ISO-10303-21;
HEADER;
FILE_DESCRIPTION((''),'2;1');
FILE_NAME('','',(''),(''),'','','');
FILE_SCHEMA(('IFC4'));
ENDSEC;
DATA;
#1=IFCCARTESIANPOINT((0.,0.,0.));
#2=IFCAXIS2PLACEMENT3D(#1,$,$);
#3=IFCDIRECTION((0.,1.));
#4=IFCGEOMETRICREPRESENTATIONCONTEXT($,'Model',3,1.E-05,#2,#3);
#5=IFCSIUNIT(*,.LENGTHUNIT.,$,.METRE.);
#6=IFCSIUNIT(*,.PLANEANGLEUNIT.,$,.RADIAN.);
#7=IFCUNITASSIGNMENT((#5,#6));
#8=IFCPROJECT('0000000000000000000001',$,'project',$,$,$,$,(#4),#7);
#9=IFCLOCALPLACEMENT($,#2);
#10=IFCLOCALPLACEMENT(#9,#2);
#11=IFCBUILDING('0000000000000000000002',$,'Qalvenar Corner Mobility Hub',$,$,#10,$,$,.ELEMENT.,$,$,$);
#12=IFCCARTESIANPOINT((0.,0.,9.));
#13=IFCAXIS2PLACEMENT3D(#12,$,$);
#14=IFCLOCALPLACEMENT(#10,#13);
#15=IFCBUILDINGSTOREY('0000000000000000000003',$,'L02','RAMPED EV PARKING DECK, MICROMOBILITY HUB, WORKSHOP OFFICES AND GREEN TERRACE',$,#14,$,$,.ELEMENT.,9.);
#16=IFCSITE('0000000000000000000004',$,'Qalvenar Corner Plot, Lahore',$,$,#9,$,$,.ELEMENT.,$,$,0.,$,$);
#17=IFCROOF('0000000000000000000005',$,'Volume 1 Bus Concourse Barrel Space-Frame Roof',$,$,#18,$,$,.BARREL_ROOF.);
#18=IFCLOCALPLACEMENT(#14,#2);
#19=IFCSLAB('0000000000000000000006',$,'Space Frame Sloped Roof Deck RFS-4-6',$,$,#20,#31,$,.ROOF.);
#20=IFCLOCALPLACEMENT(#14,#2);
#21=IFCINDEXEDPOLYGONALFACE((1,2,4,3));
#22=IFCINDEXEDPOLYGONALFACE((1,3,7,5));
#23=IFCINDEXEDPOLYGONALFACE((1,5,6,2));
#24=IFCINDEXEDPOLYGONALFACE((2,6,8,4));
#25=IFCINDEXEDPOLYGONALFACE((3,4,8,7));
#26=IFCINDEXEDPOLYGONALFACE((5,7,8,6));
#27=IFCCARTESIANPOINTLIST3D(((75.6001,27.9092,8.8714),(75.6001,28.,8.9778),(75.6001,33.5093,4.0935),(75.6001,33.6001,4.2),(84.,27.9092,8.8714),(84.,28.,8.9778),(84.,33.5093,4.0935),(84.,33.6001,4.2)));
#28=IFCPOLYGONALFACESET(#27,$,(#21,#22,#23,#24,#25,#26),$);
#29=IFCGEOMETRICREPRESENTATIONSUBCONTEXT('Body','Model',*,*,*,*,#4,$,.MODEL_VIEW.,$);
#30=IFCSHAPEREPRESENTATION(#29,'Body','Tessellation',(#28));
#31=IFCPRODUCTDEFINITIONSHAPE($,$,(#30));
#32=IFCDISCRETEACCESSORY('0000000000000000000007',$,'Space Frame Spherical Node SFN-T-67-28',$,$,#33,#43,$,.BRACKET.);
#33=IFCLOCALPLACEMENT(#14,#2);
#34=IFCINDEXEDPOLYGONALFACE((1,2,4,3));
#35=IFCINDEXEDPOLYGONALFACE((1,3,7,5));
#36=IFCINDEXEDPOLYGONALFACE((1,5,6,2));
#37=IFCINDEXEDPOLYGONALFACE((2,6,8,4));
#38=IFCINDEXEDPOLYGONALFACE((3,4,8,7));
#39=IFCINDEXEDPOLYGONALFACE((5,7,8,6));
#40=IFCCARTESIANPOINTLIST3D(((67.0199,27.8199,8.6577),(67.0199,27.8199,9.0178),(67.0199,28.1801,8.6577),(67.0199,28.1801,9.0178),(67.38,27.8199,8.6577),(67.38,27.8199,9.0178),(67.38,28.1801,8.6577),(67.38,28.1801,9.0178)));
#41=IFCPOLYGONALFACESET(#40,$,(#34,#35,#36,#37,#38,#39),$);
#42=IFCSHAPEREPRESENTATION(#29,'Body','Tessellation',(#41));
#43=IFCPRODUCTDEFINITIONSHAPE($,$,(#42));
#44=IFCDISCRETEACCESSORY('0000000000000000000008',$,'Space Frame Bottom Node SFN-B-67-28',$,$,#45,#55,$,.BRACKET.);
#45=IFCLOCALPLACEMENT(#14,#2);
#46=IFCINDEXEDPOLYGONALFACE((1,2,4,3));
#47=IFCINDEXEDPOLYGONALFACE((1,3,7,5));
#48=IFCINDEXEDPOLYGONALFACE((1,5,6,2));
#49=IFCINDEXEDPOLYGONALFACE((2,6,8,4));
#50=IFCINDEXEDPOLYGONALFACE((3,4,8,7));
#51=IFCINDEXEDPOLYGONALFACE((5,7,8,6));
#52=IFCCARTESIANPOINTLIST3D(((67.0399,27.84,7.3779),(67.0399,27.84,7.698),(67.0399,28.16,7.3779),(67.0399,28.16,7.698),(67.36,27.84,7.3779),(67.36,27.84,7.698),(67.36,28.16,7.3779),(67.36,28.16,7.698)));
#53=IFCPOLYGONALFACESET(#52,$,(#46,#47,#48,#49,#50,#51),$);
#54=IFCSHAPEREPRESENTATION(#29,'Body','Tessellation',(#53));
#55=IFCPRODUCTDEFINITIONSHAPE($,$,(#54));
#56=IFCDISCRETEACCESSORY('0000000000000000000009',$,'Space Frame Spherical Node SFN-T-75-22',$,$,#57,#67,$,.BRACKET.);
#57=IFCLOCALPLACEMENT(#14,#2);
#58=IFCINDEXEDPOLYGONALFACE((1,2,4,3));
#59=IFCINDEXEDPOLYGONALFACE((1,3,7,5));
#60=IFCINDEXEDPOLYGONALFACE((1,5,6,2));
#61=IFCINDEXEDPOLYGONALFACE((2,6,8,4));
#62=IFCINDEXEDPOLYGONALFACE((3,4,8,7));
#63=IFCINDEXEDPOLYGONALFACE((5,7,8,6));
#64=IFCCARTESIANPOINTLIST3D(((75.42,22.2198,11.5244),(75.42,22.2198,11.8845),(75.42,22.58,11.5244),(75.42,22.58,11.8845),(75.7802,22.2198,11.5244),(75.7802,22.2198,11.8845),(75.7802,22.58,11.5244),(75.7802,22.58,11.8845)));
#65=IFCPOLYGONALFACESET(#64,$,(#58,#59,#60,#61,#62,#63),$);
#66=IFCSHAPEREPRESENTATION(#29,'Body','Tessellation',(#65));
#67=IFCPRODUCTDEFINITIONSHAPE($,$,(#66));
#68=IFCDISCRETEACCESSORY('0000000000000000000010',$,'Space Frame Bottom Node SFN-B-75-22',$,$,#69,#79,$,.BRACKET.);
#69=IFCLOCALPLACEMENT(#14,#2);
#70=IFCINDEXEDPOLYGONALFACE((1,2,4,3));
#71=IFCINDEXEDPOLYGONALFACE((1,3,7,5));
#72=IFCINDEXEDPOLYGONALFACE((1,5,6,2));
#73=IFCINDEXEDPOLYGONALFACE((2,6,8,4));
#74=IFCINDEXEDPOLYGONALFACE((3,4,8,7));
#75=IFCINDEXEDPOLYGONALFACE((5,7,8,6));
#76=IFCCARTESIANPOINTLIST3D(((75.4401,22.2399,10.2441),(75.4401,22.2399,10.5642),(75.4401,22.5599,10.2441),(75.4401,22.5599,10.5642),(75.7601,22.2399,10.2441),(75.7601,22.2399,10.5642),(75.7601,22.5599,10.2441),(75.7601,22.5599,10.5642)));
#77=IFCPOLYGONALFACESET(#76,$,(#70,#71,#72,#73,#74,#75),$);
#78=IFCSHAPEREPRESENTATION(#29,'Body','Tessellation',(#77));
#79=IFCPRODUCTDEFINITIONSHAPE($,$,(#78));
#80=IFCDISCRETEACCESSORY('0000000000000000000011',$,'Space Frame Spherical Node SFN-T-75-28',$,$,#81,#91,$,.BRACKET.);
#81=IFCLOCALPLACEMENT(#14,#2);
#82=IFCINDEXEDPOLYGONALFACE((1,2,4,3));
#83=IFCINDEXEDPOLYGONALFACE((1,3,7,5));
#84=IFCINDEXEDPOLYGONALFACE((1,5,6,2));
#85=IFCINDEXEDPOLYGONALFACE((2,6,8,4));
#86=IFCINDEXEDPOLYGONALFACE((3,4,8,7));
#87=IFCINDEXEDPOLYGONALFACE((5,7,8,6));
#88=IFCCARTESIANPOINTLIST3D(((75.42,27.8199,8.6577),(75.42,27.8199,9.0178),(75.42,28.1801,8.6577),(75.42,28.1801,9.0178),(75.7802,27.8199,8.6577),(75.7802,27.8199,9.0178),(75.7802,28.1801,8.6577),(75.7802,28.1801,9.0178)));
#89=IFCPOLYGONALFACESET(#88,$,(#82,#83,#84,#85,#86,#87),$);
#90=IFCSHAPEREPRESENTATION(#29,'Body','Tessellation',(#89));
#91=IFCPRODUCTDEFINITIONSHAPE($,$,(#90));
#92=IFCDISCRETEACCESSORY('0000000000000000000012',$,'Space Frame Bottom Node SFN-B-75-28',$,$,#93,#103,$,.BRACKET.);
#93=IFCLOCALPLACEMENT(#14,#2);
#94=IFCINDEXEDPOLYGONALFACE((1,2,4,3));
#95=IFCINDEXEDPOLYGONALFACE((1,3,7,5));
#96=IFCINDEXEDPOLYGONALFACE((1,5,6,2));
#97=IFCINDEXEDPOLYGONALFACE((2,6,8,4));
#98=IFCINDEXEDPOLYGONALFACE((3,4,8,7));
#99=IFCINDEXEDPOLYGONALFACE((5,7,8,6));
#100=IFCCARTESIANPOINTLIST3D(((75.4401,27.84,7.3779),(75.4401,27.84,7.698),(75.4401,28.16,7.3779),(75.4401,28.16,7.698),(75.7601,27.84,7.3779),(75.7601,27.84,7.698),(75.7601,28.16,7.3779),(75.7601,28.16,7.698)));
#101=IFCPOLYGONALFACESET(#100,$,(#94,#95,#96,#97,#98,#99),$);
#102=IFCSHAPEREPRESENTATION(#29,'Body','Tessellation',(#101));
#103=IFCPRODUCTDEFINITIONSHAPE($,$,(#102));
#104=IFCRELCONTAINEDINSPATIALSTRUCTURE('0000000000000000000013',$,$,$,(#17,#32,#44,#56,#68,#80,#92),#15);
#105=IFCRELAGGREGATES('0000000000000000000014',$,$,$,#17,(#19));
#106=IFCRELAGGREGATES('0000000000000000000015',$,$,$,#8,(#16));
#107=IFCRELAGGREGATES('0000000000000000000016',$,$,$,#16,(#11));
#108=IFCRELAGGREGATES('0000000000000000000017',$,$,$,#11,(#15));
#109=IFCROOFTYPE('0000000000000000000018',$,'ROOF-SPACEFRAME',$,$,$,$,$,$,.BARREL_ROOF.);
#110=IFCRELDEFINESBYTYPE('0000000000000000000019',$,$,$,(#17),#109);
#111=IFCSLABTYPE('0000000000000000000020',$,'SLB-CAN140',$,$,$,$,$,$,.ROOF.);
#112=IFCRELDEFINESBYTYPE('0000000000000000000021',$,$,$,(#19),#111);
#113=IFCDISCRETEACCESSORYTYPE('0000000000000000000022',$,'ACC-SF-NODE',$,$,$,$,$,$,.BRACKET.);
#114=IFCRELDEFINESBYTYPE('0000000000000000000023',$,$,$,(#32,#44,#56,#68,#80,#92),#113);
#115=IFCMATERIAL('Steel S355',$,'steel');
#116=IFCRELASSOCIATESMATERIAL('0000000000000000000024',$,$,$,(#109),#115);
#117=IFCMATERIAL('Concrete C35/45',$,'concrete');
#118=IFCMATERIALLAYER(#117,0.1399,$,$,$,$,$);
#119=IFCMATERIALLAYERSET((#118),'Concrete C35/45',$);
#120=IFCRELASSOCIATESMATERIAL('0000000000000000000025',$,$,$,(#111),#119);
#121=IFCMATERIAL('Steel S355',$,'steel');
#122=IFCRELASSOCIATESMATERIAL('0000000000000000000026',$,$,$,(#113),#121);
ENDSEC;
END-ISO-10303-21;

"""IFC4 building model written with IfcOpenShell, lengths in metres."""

from ifc_helpers import new_model, si_unit, direction, frame, origin, origin_2d, place, context, subcontext, project, spatial, polyline, rectangle, outline, extrude, material, layer, layer_set, type_object, element, aggregate, save


model = new_model("IFC4")

# Units and contexts
model_context = context("Model", 3, precision=1e-05, world=origin(), true_north=direction((0.0, 1.0)))
body_context = subcontext(model_context, "Body", "Model", "MODEL_VIEW")
ifc_project = project(units=[si_unit("LENGTHUNIT", "METRE"), si_unit("PLANEANGLEUNIT", "RADIAN")], contexts=[model_context])

# Site, building, storey
site_placement = place(None, origin())
site = spatial("IfcSite", under=ifc_project, at=site_placement, Name="Qalvenar Corner Plot, Lahore", CompositionType="ELEMENT", RefElevation=0.0)
building_placement = place(site_placement, origin())
building = spatial("IfcBuilding", under=site, at=building_placement, Name="Qalvenar Corner Mobility Hub", CompositionType="ELEMENT")
storey_placement = place(building_placement, frame((0.0, 0.0, 9.0)))
storey = spatial("IfcBuildingStorey", under=building, at=storey_placement, Name="L02", Description="RAMPED EV PARKING DECK, MICROMOBILITY HUB, WORKSHOP OFFICES AND GREEN TERRACE", CompositionType="ELEMENT", Elevation=9.0)

# Shared definitions
ifc_material_1 = material(Name="Steel S355", Category="steel")

# Roof, slab
roof_type = type_object("IfcRoofType", Name="ROOF-SPACEFRAME", PredefinedType="BARREL_ROOF", material=ifc_material_1)
roof_placement = place(storey_placement, origin())
roof = element("IfcRoof", 1, at=roof_placement, inside=storey, type_object=roof_type, Name="Volume 1 Bus Concourse Barrel Space-Frame Roof", PredefinedType="BARREL_ROOF")
ifc_material_2 = material(Name="Concrete C35/45", Category="concrete")
ifc_layer_1 = layer(ifc_material_2, 0.1399)
ifc_layer_set_1 = layer_set([ifc_layer_1], Name="Concrete C35/45")
slab_type = type_object("IfcSlabType", Name="SLB-CAN140", PredefinedType="ROOF", material=ifc_layer_set_1)
slab_1_placement = place(storey_placement, frame((75.6001, 28.0, 8.9778), z_axis=(0.0, 0.649047, 0.760748), x_axis=(1.0, 0.0, 0.0)))
slab_1 = element("IfcSlab", 2, at=slab_1_placement, type_object=slab_type, Name="Space Frame Sloped Roof Deck RFS-4-6", PredefinedType="ROOF", context=body_context, shape_type="SweptSolid", body=[
    extrude(outline(polyline([(0.0, 0.0), (8.3999, 0.0), (8.3999, 7.3613), (0.0, 7.3613), (0.0, 0.0)])), origin(), (0.0, 0.0, -1.0), 0.1399),
])
aggregate(roof, [slab_1])

# Discrete accessories
ifc_material_3 = material(Name="Steel S355", Category="steel")
discrete_accessory_type = type_object("IfcDiscreteAccessoryType", Name="ACC-SF-NODE", PredefinedType="BRACKET", material=ifc_material_3)
discrete_accessory_1_placement = place(storey_placement, frame((67.2, 28.0, 8.6577), z_axis=(0.0, 0.0, 1.0), x_axis=(1.0, 0.0, 0.0)))
element("IfcDiscreteAccessory", 3, at=discrete_accessory_1_placement, inside=storey, type_object=discrete_accessory_type, Name="Space Frame Spherical Node SFN-T-67-28", PredefinedType="BRACKET", context=body_context, shape_type="SweptSolid", body=[
    extrude(rectangle(XDim=0.3601, YDim=0.3601, at=origin_2d()), origin(), (0.0, 0.0, 1.0), 0.3601),
])
discrete_accessory_2_placement = place(storey_placement, frame((67.2, 28.0, 7.3779), z_axis=(0.0, 0.0, 1.0), x_axis=(1.0, 0.0, 0.0)))
element("IfcDiscreteAccessory", 4, at=discrete_accessory_2_placement, inside=storey, type_object=discrete_accessory_type, Name="Space Frame Bottom Node SFN-B-67-28", PredefinedType="BRACKET", context=body_context, shape_type="SweptSolid", body=[
    extrude(rectangle(XDim=0.3201, YDim=0.3201, at=origin_2d()), origin(), (0.0, 0.0, 1.0), 0.3201),
])
discrete_accessory_3_placement = place(storey_placement, frame((75.6001, 22.3999, 11.5244), z_axis=(0.0, 0.0, 1.0), x_axis=(1.0, 0.0, 0.0)))
element("IfcDiscreteAccessory", 5, at=discrete_accessory_3_placement, inside=storey, type_object=discrete_accessory_type, Name="Space Frame Spherical Node SFN-T-75-22", PredefinedType="BRACKET", context=body_context, shape_type="SweptSolid", body=[
    extrude(rectangle(XDim=0.3601, YDim=0.3601, at=origin_2d()), origin(), (0.0, 0.0, 1.0), 0.3601),
])
discrete_accessory_4_placement = place(storey_placement, frame((75.6001, 22.3999, 10.2441), z_axis=(0.0, 0.0, 1.0), x_axis=(1.0, 0.0, 0.0)))
element("IfcDiscreteAccessory", 6, at=discrete_accessory_4_placement, inside=storey, type_object=discrete_accessory_type, Name="Space Frame Bottom Node SFN-B-75-22", PredefinedType="BRACKET", context=body_context, shape_type="SweptSolid", body=[
    extrude(rectangle(XDim=0.3201, YDim=0.3201, at=origin_2d()), origin(), (0.0, 0.0, 1.0), 0.3201),
])
discrete_accessory_5_placement = place(storey_placement, frame((75.6001, 28.0, 8.6577), z_axis=(0.0, 0.0, 1.0), x_axis=(1.0, 0.0, 0.0)))
element("IfcDiscreteAccessory", 7, at=discrete_accessory_5_placement, inside=storey, type_object=discrete_accessory_type, Name="Space Frame Spherical Node SFN-T-75-28", PredefinedType="BRACKET", context=body_context, shape_type="SweptSolid", body=[
    extrude(rectangle(XDim=0.3601, YDim=0.3601, at=origin_2d()), origin(), (0.0, 0.0, 1.0), 0.3601),
])
discrete_accessory_6_placement = place(storey_placement, frame((75.6001, 28.0, 7.3779), z_axis=(0.0, 0.0, 1.0), x_axis=(1.0, 0.0, 0.0)))
element("IfcDiscreteAccessory", 8, at=discrete_accessory_6_placement, inside=storey, type_object=discrete_accessory_type, Name="Space Frame Bottom Node SFN-B-75-28", PredefinedType="BRACKET", context=body_context, shape_type="SweptSolid", body=[
    extrude(rectangle(XDim=0.3201, YDim=0.3201, at=origin_2d()), origin(), (0.0, 0.0, 1.0), 0.3201),
])

save(model, "model.ifc")
